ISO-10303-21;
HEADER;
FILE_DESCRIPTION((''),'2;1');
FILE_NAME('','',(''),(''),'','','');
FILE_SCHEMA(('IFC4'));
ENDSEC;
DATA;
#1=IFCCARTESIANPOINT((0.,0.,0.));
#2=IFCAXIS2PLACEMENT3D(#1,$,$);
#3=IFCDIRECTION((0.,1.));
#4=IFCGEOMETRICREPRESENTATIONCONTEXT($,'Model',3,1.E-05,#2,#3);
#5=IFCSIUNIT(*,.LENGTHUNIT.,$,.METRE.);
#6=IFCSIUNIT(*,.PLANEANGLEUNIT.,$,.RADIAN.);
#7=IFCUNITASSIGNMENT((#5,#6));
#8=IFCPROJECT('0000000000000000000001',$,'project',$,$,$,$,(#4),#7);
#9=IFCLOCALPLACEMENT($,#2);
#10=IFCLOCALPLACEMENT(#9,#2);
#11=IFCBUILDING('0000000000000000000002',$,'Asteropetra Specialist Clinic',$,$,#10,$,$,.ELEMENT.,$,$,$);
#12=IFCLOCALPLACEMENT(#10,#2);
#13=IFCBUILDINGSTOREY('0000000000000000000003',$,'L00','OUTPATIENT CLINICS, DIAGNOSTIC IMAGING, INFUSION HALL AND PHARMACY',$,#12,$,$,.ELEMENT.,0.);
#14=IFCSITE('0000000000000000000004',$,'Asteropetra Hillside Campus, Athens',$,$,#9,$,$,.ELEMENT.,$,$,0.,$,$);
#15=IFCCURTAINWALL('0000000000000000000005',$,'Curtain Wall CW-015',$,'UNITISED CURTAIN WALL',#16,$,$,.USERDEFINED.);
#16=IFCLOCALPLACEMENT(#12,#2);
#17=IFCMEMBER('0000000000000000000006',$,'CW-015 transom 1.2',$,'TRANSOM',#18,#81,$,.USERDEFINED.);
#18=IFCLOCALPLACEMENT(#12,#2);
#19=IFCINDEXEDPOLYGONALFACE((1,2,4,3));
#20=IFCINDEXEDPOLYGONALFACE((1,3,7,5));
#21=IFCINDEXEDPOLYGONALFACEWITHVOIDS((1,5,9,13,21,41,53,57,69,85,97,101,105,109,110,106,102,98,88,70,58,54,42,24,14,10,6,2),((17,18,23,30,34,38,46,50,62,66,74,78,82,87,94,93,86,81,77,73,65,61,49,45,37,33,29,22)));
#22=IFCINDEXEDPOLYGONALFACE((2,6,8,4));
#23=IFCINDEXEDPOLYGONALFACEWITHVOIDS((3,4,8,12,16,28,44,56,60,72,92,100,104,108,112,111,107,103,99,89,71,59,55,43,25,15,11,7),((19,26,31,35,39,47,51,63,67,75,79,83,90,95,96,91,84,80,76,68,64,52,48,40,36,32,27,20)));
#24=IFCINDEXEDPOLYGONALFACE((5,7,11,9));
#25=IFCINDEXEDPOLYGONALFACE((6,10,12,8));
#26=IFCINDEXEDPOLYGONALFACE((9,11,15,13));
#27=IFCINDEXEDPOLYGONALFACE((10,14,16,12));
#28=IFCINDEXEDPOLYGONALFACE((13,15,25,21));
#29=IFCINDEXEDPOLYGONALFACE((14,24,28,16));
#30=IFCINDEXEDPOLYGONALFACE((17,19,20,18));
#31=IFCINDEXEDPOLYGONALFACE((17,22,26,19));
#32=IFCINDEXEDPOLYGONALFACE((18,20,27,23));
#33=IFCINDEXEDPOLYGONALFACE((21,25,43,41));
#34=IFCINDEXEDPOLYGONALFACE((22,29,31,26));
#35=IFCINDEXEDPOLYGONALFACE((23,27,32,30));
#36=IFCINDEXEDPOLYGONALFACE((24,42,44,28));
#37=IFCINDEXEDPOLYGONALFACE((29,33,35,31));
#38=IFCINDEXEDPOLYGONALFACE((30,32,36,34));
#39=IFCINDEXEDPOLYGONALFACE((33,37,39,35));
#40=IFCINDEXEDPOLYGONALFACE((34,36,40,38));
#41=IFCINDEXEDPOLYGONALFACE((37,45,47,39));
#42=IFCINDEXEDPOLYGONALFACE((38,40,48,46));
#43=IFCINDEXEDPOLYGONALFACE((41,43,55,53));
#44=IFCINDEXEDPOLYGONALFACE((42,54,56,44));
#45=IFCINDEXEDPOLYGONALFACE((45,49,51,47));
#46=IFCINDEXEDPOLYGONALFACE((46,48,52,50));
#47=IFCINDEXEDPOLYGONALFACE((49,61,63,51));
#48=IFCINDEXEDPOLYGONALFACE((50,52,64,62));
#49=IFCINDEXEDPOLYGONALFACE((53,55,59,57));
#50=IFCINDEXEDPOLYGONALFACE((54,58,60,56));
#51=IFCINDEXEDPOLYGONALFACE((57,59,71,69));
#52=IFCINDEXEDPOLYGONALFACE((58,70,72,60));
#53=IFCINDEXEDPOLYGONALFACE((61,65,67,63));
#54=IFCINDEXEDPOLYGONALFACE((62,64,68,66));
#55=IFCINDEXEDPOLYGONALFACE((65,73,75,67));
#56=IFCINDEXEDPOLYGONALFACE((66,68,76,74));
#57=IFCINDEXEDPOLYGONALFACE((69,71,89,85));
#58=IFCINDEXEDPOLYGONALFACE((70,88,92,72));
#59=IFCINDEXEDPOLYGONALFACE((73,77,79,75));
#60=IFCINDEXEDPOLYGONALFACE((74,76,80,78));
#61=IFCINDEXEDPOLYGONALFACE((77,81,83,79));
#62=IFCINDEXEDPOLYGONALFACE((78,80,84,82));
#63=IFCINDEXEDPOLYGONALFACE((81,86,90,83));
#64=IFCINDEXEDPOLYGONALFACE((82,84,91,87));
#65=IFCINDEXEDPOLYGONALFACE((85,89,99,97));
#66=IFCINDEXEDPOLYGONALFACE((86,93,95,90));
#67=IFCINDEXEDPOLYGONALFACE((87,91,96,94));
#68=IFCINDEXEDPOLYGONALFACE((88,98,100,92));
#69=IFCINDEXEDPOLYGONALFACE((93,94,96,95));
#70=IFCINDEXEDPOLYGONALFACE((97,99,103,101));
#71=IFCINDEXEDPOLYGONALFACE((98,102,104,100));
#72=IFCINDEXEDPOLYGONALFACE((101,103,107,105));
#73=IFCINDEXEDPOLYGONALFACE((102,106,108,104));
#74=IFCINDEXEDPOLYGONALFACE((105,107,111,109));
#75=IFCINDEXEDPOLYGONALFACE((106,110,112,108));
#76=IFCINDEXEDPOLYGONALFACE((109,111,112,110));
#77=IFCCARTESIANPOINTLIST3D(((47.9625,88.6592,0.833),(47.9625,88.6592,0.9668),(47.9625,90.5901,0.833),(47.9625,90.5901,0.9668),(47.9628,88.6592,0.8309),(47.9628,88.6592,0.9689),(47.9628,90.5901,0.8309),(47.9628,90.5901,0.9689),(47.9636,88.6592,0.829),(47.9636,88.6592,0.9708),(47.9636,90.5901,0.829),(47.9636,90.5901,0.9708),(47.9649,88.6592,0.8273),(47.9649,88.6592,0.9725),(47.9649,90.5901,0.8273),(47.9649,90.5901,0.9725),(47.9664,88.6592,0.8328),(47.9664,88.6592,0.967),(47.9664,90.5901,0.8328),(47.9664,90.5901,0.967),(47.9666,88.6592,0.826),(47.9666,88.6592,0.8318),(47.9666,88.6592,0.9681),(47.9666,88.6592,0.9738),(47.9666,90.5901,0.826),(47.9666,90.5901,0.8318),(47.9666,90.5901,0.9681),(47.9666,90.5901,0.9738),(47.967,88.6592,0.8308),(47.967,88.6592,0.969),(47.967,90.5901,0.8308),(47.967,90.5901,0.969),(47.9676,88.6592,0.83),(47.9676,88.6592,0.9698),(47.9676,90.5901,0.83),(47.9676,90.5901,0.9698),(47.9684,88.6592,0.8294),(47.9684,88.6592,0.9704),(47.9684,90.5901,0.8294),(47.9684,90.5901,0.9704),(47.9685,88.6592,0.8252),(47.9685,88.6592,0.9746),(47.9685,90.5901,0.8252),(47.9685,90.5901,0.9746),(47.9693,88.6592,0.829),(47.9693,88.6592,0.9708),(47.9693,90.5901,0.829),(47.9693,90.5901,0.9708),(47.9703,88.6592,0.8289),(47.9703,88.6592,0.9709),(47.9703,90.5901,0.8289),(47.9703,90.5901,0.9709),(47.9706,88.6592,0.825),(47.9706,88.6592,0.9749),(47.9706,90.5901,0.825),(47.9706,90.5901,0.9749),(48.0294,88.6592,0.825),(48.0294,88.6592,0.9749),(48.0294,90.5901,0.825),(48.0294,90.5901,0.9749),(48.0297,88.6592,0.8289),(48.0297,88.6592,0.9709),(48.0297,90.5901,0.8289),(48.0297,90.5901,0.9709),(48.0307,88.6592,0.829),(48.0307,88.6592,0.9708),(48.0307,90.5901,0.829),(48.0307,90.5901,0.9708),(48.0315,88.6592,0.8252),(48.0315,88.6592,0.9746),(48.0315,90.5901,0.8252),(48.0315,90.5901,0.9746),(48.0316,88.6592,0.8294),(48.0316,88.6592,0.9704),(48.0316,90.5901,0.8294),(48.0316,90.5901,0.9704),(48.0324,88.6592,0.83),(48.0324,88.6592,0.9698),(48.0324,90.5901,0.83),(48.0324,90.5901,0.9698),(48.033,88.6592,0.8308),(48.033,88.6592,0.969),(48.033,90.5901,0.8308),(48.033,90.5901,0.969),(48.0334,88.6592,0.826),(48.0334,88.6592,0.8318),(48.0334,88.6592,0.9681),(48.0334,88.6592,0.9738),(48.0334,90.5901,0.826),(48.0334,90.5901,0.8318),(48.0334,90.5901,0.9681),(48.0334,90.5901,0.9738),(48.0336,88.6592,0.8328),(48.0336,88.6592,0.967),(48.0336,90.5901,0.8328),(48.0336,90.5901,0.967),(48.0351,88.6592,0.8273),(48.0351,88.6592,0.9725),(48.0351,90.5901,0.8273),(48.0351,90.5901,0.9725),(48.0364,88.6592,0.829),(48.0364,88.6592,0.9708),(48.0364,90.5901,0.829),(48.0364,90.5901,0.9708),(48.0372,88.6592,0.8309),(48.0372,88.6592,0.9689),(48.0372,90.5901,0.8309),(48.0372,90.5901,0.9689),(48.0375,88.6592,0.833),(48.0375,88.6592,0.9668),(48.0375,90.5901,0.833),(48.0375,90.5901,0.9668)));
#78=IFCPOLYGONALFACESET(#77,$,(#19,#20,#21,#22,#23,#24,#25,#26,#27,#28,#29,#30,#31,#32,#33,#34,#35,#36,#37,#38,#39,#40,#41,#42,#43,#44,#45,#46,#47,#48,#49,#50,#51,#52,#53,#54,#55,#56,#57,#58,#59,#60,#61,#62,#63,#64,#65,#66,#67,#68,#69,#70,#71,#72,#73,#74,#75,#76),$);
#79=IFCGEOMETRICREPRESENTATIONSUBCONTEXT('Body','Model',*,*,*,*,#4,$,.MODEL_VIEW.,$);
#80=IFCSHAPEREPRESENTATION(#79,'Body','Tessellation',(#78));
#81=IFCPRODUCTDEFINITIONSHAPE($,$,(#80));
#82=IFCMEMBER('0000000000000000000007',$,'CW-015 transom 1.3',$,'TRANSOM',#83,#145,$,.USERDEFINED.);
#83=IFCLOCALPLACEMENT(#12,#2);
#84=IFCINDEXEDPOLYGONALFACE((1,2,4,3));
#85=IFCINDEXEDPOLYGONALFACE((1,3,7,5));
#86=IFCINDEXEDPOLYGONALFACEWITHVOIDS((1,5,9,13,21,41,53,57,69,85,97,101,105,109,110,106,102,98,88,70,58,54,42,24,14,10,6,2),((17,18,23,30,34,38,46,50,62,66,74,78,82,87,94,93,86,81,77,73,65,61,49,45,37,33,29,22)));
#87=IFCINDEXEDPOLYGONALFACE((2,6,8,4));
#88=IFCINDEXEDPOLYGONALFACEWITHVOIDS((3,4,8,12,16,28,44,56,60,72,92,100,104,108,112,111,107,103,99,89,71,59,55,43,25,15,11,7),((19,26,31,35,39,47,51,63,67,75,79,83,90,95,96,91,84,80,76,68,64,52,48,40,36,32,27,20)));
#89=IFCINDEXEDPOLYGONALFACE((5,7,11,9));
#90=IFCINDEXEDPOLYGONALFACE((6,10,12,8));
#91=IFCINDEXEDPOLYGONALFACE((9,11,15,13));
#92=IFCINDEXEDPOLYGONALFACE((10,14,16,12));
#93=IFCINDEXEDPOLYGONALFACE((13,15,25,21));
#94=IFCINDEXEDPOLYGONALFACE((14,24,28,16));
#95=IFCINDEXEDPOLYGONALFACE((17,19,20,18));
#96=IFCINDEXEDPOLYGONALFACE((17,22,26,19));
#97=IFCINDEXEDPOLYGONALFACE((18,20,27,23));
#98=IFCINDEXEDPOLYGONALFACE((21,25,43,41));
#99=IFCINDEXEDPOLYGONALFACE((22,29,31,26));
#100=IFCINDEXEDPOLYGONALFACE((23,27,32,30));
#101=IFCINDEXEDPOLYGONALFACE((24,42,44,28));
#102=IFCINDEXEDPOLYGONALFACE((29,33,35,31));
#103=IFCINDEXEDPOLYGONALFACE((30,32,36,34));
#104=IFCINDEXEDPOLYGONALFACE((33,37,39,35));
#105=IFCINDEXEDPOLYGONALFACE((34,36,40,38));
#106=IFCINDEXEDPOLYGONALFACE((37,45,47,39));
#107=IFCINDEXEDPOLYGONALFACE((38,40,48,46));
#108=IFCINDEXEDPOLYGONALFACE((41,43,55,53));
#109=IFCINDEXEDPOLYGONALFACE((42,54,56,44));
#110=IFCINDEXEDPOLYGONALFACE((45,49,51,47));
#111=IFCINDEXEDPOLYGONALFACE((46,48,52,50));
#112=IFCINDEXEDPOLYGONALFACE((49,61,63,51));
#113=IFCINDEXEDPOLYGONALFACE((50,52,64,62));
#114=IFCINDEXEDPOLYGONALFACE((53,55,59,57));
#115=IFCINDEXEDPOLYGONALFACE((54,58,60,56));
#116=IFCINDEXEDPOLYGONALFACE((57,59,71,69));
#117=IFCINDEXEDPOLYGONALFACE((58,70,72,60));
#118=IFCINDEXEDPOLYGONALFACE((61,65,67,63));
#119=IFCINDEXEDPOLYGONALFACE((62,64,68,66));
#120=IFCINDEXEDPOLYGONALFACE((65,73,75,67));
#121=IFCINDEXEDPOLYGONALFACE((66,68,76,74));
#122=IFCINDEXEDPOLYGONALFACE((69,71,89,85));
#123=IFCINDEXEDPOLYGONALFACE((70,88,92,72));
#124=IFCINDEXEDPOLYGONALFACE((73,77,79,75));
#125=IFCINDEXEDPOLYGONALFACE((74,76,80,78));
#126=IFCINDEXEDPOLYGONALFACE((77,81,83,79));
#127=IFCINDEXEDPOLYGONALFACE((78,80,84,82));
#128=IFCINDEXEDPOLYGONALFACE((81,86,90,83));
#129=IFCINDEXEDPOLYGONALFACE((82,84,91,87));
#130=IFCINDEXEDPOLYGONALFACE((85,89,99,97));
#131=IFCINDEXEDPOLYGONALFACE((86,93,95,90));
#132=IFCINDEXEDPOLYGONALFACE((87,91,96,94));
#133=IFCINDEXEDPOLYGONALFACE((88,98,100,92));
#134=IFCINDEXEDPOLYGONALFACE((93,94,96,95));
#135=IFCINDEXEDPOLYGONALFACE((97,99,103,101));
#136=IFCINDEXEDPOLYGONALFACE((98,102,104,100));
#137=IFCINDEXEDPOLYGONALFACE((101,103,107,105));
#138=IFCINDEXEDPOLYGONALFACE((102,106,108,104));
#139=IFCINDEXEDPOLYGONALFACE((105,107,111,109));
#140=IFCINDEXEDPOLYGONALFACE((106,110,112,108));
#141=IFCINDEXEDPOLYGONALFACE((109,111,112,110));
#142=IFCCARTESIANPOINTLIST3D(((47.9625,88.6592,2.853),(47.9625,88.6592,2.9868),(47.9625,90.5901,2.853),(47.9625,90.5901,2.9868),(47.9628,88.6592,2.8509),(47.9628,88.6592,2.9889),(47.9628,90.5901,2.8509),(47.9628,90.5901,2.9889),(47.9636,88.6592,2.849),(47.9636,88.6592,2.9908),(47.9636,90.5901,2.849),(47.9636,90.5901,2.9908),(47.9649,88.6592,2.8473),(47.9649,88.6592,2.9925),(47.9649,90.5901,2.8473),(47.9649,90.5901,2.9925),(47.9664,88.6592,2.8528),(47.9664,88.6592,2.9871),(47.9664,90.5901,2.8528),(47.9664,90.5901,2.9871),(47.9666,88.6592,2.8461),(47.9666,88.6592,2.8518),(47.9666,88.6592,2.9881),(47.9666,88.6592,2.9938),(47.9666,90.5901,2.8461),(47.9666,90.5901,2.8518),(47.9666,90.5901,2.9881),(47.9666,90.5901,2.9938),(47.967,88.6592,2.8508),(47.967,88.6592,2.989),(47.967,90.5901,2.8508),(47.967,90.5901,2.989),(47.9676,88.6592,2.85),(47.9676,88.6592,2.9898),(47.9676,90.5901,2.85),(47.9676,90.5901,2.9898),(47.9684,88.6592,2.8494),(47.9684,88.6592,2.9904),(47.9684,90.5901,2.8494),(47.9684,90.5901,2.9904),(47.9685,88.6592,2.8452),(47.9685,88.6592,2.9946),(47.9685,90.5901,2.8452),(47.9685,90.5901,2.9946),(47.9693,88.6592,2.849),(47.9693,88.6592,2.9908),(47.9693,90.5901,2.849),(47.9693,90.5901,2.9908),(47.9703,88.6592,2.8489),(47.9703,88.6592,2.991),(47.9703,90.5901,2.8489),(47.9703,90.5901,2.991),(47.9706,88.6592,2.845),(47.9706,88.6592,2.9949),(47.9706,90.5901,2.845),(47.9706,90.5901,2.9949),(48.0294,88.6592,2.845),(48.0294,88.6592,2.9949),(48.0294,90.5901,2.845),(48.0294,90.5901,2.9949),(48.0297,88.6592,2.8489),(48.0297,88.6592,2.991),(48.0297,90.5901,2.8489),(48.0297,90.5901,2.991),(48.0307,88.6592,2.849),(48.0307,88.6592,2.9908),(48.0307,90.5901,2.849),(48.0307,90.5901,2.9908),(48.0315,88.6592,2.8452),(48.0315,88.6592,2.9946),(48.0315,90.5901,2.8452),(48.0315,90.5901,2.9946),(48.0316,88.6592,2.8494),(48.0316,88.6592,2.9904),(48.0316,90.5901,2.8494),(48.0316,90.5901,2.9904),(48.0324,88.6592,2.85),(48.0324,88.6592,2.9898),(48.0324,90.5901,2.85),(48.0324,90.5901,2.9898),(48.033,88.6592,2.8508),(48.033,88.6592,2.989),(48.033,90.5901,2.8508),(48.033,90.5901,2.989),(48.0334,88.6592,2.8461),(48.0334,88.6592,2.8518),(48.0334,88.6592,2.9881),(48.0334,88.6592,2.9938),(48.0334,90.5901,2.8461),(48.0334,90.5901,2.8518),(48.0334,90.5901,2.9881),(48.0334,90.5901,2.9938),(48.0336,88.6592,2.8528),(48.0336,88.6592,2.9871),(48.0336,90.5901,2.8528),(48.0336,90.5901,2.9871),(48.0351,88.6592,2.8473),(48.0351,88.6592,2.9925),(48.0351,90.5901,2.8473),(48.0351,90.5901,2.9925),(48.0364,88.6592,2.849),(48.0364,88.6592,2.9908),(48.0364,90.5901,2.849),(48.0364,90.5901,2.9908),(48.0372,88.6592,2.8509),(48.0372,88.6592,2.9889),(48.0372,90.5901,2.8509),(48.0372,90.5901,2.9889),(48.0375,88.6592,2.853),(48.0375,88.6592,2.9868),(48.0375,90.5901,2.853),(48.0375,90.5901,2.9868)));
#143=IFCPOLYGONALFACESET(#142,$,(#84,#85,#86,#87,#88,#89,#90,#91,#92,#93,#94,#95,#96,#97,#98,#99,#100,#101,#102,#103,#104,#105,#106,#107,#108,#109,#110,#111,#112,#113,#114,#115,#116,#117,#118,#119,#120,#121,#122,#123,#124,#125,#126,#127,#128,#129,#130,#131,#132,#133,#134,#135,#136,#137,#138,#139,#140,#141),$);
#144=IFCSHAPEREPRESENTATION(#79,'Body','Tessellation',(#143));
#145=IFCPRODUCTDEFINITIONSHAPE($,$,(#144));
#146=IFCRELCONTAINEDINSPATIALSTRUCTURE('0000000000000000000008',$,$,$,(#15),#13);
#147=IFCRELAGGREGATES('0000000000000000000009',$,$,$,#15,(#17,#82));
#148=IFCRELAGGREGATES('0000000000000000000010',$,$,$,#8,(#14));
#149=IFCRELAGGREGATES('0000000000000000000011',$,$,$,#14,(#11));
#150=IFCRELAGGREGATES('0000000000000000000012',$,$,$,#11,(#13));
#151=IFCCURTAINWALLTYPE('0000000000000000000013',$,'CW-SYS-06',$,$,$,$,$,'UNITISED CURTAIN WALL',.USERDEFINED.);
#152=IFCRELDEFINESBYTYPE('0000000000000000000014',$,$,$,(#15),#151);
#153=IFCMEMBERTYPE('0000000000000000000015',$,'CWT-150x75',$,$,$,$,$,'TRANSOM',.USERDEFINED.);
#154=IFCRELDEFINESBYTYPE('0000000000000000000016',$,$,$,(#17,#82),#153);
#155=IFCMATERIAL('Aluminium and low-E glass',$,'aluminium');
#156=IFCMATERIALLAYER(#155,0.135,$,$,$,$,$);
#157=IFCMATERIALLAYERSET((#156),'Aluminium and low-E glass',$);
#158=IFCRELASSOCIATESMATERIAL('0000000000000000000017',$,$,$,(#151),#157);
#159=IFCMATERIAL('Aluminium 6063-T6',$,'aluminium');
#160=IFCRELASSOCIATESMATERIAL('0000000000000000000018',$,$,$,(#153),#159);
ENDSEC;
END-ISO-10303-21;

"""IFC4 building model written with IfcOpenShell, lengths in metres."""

from ifc_helpers import new_model, si_unit, direction, frame, origin, origin_2d, place, context, subcontext, project, spatial, hollow_rectangle, extrude, material, layer, layer_set, material_profile, profile_set, type_object, element, aggregate, save


model = new_model("IFC4")

# Units and contexts
model_context = context("Model", 3, precision=1e-05, world=origin(), true_north=direction((0.0, 1.0)))
body_context = subcontext(model_context, "Body", "Model", "MODEL_VIEW")
ifc_project = project(units=[si_unit("LENGTHUNIT", "METRE"), si_unit("PLANEANGLEUNIT", "RADIAN")], contexts=[model_context])

# Site, building, storey
site_placement = place(None, origin())
site = spatial("IfcSite", under=ifc_project, at=site_placement, Name="Asteropetra Hillside Campus, Athens", CompositionType="ELEMENT", RefElevation=0.0)
building_placement = place(site_placement, origin())
building = spatial("IfcBuilding", under=site, at=building_placement, Name="Asteropetra Specialist Clinic", CompositionType="ELEMENT")
storey_placement = place(building_placement, origin())
storey = spatial("IfcBuildingStorey", under=building, at=storey_placement, Name="L00", Description="OUTPATIENT CLINICS, DIAGNOSTIC IMAGING, INFUSION HALL AND PHARMACY", CompositionType="ELEMENT", Elevation=0.0)

# Curtain wall, members
ifc_material_1 = material(Name="Aluminium and low-E glass", Category="aluminium")
ifc_layer_1 = layer(ifc_material_1, 0.135)
ifc_layer_set_1 = layer_set([ifc_layer_1], Name="Aluminium and low-E glass")
curtain_wall_type_1 = type_object("IfcCurtainWallType", Name="CW-SYS-06", ElementType="UNITISED CURTAIN WALL", PredefinedType="USERDEFINED", material=ifc_layer_set_1)
curtain_wall_1_placement = place(storey_placement, origin())
curtain_wall_1 = element("IfcCurtainWall", 1, at=curtain_wall_1_placement, inside=storey, type_object=curtain_wall_type_1, Name="Curtain Wall CW-015", ObjectType="UNITISED CURTAIN WALL", PredefinedType="USERDEFINED")
ifc_material_2 = material(Name="Aluminium 6063-T6", Category="aluminium")
ifc_material_profile_1 = material_profile(ifc_material_2, hollow_rectangle(XDim=0.075, YDim=0.1499, WallThickness=0.0039, InnerFilletRadius=0.0039, OuterFilletRadius=0.0081, at=origin_2d()), Name="TRN 150x75x4.0")
ifc_profile_set_1 = profile_set([ifc_material_profile_1], Name="Aluminium 6063-T6")
member_type_1 = type_object("IfcMemberType", Name="CWT-150x75", ElementType="TRANSOM", PredefinedType="USERDEFINED", material=ifc_profile_set_1)
member_1_placement = place(storey_placement, frame((48.0, 90.5901, 0.8999), z_axis=(0.0, -1.0, 0.0), x_axis=(1.0, 0.0, 0.0)))
member_1 = element("IfcMember", 2, at=member_1_placement, type_object=member_type_1, Name="CW-015 transom 1.2", ObjectType="TRANSOM", PredefinedType="USERDEFINED", context=body_context, shape_type="SweptSolid", body=[
    extrude(hollow_rectangle(XDim=0.075, YDim=0.1499, WallThickness=0.0039, InnerFilletRadius=0.0039, OuterFilletRadius=0.0081, at=origin_2d()), origin(), (0.0, 0.0, 1.0), 1.9309),
])
member_2_placement = place(storey_placement, frame((48.0, 90.5901, 2.9199), z_axis=(0.0, -1.0, 0.0), x_axis=(1.0, 0.0, 0.0)))
member_2 = element("IfcMember", 3, at=member_2_placement, type_object=member_type_1, Name="CW-015 transom 1.3", ObjectType="TRANSOM", PredefinedType="USERDEFINED", context=body_context, shape_type="SweptSolid", body=[
    extrude(hollow_rectangle(XDim=0.075, YDim=0.1499, WallThickness=0.0039, InnerFilletRadius=0.0039, OuterFilletRadius=0.0081, at=origin_2d()), origin(), (0.0, 0.0, 1.0), 1.9309),
])
aggregate(curtain_wall_1, [member_1, member_2])

save(model, "model.ifc")
